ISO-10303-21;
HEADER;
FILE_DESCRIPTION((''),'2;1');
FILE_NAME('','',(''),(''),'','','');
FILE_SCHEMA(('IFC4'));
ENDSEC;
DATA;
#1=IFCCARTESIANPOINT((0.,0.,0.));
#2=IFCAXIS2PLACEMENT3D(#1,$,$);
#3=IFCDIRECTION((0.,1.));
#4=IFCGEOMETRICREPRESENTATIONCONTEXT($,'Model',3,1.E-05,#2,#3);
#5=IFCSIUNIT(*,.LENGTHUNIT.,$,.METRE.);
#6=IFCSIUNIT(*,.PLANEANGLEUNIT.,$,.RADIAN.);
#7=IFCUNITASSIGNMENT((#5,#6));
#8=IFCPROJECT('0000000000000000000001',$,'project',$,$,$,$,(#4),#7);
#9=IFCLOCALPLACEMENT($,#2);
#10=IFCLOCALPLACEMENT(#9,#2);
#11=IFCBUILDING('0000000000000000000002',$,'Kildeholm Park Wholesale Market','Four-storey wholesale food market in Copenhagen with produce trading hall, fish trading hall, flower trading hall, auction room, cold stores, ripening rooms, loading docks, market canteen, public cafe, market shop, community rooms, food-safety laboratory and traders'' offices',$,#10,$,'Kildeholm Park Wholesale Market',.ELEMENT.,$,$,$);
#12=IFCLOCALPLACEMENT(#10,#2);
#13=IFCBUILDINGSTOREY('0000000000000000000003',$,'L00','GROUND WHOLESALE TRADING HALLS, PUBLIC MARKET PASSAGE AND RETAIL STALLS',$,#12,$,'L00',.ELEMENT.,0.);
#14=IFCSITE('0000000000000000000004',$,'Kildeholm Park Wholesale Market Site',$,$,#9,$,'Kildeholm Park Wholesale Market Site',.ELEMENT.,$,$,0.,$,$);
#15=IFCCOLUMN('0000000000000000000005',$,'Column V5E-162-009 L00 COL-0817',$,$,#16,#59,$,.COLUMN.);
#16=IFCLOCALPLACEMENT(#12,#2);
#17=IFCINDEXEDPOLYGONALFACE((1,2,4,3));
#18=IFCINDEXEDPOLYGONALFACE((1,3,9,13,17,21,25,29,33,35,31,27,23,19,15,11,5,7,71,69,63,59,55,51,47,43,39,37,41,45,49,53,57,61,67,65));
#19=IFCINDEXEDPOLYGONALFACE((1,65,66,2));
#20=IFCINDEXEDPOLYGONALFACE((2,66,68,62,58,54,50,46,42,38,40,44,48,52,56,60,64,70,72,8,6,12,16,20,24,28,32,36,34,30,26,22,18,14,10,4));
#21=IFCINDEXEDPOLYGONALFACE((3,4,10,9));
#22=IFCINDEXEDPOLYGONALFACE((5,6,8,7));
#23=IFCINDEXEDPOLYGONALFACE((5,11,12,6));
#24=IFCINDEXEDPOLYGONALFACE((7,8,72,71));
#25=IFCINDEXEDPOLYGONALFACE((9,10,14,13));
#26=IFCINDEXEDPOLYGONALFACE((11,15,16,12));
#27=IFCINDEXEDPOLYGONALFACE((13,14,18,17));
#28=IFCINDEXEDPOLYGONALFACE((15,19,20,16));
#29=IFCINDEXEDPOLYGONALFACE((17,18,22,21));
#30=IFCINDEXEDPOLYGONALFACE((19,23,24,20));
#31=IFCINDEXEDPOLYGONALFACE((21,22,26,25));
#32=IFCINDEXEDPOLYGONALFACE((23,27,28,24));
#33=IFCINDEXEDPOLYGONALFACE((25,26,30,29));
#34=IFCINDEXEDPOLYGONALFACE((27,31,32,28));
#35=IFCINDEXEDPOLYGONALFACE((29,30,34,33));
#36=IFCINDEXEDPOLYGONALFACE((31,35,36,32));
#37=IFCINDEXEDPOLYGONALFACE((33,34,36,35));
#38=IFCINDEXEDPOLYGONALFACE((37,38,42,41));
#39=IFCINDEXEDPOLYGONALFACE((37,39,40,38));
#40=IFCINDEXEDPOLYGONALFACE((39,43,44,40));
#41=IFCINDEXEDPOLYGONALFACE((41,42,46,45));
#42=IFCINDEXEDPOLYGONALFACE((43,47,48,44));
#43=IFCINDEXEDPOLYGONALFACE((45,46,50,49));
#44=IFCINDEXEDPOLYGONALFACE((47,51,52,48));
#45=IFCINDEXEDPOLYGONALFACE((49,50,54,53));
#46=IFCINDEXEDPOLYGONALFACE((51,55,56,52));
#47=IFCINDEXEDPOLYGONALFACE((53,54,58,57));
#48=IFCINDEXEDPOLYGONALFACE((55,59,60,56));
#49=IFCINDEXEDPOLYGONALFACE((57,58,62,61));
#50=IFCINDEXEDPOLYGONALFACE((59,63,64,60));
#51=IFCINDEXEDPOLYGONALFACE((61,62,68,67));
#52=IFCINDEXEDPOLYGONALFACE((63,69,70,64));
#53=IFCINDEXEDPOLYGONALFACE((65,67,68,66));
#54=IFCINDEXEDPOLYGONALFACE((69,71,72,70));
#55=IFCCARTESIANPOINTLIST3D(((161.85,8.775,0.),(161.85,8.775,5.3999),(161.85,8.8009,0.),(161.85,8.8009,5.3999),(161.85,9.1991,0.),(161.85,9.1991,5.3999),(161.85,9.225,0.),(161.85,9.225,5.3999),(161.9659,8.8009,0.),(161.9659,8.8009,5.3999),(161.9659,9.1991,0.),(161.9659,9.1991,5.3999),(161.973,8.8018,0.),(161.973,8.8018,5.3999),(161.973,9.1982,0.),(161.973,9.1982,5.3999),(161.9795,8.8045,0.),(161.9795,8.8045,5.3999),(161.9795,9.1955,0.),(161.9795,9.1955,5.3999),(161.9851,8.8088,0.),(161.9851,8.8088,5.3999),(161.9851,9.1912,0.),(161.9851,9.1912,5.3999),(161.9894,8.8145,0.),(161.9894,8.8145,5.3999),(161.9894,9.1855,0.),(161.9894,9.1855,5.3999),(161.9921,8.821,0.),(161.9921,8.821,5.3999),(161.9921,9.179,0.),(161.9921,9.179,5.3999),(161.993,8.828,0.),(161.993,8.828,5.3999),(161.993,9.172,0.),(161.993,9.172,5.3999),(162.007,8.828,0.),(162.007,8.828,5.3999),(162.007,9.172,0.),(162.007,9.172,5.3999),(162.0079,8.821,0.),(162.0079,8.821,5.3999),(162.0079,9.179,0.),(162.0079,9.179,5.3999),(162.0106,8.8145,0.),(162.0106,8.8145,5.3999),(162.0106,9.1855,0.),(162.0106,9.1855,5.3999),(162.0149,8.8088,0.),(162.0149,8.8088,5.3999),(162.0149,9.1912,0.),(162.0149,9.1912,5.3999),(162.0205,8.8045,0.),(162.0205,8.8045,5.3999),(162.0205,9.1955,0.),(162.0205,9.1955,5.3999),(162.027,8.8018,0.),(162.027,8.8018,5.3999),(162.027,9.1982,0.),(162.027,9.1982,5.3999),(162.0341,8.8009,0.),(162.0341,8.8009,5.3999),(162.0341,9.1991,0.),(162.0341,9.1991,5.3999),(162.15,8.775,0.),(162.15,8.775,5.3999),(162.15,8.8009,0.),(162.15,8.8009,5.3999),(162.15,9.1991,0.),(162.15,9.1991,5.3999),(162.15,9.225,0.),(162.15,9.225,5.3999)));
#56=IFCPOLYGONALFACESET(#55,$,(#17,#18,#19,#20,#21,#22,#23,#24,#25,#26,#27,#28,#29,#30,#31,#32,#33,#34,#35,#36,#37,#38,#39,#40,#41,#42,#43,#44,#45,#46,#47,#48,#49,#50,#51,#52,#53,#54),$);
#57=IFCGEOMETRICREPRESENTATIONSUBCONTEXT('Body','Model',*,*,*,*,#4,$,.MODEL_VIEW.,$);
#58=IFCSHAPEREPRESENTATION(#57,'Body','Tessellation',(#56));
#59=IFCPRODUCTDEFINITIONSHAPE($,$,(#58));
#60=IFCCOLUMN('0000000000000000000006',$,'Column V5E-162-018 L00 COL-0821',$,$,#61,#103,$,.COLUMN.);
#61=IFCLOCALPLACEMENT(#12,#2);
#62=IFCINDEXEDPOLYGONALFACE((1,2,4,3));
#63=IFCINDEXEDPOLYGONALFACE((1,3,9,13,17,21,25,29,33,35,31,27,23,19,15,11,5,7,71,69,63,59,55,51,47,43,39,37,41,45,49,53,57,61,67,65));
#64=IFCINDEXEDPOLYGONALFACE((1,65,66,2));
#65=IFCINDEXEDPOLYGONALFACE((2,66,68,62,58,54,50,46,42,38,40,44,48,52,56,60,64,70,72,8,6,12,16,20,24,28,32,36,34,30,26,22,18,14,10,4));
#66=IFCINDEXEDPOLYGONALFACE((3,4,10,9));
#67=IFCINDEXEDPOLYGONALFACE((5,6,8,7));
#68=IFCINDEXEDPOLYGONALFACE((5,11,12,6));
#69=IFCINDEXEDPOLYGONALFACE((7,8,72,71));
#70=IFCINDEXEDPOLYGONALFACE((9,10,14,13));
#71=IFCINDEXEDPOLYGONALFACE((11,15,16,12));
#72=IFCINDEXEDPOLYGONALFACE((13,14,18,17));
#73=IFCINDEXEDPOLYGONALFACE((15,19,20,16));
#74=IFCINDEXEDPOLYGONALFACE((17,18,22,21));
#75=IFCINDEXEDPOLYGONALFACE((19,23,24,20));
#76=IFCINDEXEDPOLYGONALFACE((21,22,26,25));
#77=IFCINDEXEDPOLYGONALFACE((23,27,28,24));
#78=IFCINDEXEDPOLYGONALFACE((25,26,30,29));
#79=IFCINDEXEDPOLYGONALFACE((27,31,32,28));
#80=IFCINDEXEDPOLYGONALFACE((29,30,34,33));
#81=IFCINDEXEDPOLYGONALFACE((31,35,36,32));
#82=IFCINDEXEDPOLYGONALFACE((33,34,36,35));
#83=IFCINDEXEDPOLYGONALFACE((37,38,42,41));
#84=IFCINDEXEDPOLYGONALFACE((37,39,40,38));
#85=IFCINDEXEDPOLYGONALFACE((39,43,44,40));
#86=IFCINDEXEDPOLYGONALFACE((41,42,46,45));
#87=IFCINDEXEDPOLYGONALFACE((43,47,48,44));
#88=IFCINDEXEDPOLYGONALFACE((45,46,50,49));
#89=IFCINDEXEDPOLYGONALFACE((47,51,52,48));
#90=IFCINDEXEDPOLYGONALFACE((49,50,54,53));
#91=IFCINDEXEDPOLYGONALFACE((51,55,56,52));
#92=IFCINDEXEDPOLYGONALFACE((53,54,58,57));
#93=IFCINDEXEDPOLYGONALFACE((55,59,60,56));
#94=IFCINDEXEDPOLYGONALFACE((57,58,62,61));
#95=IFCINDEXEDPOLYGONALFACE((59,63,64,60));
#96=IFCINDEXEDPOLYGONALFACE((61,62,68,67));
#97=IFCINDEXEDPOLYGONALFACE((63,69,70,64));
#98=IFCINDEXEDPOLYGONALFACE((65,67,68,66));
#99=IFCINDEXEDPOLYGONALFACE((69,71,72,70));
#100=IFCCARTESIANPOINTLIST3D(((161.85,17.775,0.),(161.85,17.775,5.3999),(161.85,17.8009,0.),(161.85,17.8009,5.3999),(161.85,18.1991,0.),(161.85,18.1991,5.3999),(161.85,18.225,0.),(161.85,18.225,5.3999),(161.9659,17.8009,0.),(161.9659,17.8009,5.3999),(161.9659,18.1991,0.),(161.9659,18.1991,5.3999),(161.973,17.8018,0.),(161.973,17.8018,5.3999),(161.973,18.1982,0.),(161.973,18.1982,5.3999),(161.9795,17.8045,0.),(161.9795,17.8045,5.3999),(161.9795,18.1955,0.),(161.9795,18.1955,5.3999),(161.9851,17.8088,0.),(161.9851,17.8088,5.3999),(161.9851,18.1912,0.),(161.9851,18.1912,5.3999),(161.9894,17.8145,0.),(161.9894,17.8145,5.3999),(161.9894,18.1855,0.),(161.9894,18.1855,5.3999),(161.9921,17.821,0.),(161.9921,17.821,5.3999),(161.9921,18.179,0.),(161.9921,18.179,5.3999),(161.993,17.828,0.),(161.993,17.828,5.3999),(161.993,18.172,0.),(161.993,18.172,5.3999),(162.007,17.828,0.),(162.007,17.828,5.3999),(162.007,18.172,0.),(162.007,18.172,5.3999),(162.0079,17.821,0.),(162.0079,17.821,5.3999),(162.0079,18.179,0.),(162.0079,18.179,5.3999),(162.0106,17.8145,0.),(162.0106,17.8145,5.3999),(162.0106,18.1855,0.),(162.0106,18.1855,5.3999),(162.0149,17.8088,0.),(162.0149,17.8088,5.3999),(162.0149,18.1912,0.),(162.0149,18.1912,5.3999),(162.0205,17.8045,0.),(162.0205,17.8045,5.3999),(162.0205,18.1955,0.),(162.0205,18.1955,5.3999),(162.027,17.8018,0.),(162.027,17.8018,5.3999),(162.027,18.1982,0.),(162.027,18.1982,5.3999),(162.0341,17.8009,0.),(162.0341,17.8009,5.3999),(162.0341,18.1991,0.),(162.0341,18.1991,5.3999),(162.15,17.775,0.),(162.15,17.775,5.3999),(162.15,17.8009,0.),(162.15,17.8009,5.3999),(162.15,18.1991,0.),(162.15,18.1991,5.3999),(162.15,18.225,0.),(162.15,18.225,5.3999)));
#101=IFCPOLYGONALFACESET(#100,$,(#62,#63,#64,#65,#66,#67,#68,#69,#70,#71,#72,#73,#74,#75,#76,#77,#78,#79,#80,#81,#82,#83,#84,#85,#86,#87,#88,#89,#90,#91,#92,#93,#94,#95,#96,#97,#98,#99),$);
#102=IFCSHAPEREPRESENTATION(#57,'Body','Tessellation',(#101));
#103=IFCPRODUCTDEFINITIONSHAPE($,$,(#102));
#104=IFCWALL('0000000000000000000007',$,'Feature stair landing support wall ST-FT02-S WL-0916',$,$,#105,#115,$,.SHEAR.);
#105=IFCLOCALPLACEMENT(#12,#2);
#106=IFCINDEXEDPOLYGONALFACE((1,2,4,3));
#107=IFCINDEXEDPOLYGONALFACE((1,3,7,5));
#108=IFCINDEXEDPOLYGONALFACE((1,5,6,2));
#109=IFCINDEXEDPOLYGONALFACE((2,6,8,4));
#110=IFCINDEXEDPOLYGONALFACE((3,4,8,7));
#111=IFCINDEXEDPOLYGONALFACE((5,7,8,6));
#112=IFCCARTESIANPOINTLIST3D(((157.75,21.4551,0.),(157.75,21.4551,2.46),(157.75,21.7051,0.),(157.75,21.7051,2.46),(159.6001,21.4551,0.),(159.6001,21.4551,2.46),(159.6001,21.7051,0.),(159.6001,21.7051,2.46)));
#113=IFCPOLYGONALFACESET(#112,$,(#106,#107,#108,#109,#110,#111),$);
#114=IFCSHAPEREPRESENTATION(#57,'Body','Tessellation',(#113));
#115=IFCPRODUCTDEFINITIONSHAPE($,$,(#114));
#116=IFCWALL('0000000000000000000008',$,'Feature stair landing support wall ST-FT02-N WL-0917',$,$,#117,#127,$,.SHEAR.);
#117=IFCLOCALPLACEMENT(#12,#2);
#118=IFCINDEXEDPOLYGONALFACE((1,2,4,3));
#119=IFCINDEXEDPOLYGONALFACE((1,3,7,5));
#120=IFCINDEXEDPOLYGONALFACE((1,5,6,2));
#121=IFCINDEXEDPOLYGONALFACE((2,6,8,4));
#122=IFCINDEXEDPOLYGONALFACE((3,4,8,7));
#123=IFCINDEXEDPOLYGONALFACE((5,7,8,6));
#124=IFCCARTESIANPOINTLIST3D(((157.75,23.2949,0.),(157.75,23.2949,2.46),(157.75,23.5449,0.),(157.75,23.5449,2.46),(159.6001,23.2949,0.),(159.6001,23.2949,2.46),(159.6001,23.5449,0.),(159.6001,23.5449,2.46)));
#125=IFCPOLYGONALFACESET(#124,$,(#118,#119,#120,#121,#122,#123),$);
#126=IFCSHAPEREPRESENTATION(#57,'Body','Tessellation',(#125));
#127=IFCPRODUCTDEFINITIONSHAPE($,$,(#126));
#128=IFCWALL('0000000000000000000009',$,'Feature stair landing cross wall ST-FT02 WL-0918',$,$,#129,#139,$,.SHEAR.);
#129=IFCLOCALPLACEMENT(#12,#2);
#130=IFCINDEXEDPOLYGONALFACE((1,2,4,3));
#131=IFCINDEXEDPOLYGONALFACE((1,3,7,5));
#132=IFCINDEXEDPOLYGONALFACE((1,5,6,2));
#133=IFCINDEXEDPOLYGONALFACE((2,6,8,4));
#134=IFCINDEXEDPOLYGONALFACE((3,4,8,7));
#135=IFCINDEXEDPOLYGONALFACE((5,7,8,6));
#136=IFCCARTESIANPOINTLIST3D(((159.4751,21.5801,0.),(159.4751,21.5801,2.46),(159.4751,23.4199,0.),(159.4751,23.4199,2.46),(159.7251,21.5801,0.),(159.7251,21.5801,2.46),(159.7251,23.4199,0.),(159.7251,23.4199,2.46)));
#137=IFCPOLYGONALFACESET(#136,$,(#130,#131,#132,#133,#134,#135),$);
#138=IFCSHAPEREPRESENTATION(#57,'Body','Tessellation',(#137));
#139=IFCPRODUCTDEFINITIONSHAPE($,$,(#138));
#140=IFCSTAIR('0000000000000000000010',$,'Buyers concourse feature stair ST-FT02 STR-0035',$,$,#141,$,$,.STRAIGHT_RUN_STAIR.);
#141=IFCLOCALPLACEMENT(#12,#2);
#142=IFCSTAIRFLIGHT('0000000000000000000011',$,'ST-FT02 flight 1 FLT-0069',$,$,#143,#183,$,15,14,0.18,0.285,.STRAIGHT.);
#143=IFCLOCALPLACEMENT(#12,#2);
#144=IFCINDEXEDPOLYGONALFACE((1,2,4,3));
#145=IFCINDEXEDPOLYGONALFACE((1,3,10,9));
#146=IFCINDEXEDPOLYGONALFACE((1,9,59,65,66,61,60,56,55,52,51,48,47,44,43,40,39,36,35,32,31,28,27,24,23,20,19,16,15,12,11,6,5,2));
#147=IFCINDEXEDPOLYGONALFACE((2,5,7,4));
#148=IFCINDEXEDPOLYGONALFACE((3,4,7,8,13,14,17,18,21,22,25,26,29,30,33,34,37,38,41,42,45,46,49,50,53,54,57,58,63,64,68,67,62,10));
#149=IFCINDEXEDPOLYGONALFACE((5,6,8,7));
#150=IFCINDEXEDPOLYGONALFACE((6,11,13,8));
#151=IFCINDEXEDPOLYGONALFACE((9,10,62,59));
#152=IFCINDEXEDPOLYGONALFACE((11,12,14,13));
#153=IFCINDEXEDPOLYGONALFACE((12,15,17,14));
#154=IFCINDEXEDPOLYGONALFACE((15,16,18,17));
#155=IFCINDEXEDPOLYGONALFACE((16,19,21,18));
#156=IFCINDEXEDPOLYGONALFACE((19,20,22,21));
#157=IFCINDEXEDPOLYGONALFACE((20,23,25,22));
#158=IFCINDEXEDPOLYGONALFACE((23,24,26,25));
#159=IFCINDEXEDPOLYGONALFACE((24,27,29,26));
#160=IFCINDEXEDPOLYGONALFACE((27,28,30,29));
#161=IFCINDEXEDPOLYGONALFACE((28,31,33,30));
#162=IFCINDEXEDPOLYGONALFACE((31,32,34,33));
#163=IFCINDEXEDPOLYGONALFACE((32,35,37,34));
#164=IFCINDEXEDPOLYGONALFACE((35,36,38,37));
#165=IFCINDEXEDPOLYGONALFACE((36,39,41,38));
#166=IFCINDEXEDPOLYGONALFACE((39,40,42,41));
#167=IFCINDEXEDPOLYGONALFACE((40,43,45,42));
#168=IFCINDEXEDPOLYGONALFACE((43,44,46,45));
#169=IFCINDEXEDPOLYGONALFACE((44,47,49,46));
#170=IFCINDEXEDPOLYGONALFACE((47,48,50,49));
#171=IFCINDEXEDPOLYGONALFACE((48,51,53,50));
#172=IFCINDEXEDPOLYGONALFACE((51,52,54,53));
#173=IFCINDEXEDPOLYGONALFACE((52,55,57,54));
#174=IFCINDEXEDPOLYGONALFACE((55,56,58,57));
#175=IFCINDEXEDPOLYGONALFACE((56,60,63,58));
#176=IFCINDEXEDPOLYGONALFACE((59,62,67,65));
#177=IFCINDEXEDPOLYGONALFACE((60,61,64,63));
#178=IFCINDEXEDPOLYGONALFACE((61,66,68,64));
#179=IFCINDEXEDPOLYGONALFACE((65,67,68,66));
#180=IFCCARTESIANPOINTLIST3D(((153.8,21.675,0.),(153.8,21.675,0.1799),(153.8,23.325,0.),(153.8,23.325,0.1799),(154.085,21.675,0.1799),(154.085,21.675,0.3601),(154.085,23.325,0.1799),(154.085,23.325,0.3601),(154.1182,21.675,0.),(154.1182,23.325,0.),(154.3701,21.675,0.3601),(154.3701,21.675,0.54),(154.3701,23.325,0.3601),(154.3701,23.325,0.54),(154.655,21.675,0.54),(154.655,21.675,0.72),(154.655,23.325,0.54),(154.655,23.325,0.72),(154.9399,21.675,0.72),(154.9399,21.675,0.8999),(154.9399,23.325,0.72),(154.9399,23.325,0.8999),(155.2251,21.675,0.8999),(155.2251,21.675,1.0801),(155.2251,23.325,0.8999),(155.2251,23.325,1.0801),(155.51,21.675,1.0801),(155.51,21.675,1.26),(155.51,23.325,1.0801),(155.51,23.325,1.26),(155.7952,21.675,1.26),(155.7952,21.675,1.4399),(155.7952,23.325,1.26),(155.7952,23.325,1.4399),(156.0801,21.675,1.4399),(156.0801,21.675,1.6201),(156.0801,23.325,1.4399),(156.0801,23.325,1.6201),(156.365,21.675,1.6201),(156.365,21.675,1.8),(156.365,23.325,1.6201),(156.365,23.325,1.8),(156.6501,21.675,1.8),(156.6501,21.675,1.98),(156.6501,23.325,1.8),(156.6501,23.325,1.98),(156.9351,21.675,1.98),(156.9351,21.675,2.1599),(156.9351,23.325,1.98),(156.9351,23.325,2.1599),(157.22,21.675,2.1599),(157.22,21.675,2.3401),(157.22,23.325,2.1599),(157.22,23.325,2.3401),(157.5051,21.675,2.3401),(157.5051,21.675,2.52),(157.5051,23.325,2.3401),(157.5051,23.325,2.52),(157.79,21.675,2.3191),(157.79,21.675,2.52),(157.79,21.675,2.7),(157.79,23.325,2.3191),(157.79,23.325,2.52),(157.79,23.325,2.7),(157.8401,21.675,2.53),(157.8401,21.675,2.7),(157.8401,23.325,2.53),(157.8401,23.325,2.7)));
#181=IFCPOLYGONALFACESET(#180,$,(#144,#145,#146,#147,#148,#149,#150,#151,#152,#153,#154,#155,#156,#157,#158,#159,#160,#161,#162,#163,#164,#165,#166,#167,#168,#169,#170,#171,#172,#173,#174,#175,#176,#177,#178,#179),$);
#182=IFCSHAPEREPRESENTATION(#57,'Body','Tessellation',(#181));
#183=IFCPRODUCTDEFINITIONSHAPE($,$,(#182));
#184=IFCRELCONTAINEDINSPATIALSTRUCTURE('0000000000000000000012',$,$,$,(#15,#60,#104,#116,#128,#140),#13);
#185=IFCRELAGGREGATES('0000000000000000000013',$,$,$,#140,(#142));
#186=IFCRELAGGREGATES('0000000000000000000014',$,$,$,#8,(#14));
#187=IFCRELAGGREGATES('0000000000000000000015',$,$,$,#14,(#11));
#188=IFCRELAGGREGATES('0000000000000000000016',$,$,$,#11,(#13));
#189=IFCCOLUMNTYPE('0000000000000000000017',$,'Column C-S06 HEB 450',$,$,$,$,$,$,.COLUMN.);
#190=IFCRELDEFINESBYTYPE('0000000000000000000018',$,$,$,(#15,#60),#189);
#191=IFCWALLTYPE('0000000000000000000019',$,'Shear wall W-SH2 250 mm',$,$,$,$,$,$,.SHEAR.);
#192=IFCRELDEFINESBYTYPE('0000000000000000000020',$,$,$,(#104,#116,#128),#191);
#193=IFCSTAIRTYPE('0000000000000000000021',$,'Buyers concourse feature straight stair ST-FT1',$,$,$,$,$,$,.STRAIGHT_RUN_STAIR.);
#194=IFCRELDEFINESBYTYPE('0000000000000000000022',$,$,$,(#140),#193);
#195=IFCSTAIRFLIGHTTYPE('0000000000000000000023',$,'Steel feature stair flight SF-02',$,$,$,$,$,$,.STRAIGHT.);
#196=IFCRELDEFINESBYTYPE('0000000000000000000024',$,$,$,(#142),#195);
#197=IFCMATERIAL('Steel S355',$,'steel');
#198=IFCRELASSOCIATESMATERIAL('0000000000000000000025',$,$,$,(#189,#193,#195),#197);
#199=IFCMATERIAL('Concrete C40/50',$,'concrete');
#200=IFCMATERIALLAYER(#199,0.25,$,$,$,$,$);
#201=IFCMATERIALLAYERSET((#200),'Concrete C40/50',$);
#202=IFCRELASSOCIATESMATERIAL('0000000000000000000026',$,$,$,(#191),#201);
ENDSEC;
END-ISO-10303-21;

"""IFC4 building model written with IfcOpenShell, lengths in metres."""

from ifc_helpers import new_model, si_unit, direction, frame, frame_2d, origin, origin_2d, place, context, subcontext, project, spatial, polyline, rectangle, i_section, outline, extrude, material, layer, layer_set, material_profile, profile_set, type_object, element, aggregate, save


model = new_model("IFC4")

# Units and contexts
model_context = context("Model", 3, precision=1e-05, world=origin(), true_north=direction((0.0, 1.0)))
body_context = subcontext(model_context, "Body", "Model", "MODEL_VIEW")
ifc_project = project(units=[si_unit("LENGTHUNIT", "METRE"), si_unit("PLANEANGLEUNIT", "RADIAN")], contexts=[model_context])

# Site, building, storey
site_placement = place(None, origin())
site = spatial("IfcSite", under=ifc_project, at=site_placement, Name="Kildeholm Park Wholesale Market Site", LongName="Kildeholm Park Wholesale Market Site", CompositionType="ELEMENT", RefElevation=0.0)
building_placement = place(site_placement, origin())
building = spatial("IfcBuilding", under=site, at=building_placement, Name="Kildeholm Park Wholesale Market", Description="Four-storey wholesale food market in Copenhagen with produce trading hall, fish trading hall, flower trading hall, auction room, cold stores, ripening rooms, loading docks, market canteen, public cafe, market shop, community rooms, food-safety laboratory and traders' offices", LongName="Kildeholm Park Wholesale Market", CompositionType="ELEMENT")
storey_placement = place(building_placement, origin())
storey = spatial("IfcBuildingStorey", under=building, at=storey_placement, Name="L00", Description="GROUND WHOLESALE TRADING HALLS, PUBLIC MARKET PASSAGE AND RETAIL STALLS", LongName="L00", CompositionType="ELEMENT", Elevation=0.0)

# Columns
ifc_material_1 = material(Name="Steel S355", Category="steel")
ifc_material_profile_1 = material_profile(ifc_material_1, i_section(OverallWidth=0.3, OverallDepth=0.45, WebThickness=0.0139, FlangeThickness=0.0259, FilletRadius=0.0271, at=origin_2d()), Name="HEB 450")
ifc_profile_set_1 = profile_set([ifc_material_profile_1], Name="Steel S355")
column_type = type_object("IfcColumnType", Name="Column C-S06 HEB 450", PredefinedType="COLUMN", material=ifc_profile_set_1)
for number, where, z_axis, x_axis, name in (
    (1, (162.0, 9.0, 0.0), (0.0, 0.0, 1.0), (1.0, 0.0, 0.0), "Column V5E-162-009 L00 COL-0817"),
    (2, (162.0, 18.0, 0.0), (0.0, 0.0, 1.0), (1.0, 0.0, 0.0), "Column V5E-162-018 L00 COL-0821"),
):
    element("IfcColumn", number, at=place(storey_placement, frame(where, z_axis=z_axis, x_axis=x_axis)), inside=storey, type_object=column_type, Name=name, PredefinedType="COLUMN", context=body_context, shape_type="SweptSolid", body=[
        extrude(i_section(OverallWidth=0.3, OverallDepth=0.45, WebThickness=0.0139, FlangeThickness=0.0259, FilletRadius=0.0271, at=origin_2d()), origin(), (0.0, 0.0, 1.0), 5.3999),
    ])

# Walls
ifc_material_2 = material(Name="Concrete C40/50", Category="concrete")
ifc_layer = layer(ifc_material_2, 0.25)
ifc_layer_set = layer_set([ifc_layer], Name="Concrete C40/50")
wall_type = type_object("IfcWallType", Name="Shear wall W-SH2 250 mm", PredefinedType="SHEAR", material=ifc_layer_set)
for number, where, z_axis, x_axis, name in (
    (3, (157.75, 21.5801, 0.0), (0.0, 0.0, 1.0), (1.0, 0.0, 0.0), "Feature stair landing support wall ST-FT02-S WL-0916"),
    (4, (157.75, 23.4199, 0.0), (0.0, 0.0, 1.0), (1.0, 0.0, 0.0), "Feature stair landing support wall ST-FT02-N WL-0917"),
):
    element("IfcWall", number, at=place(storey_placement, frame(where, z_axis=z_axis, x_axis=x_axis)), inside=storey, type_object=wall_type, Name=name, PredefinedType="SHEAR", context=body_context, shape_type="SweptSolid", body=[
        extrude(rectangle(XDim=1.8501, YDim=0.25, at=frame_2d((0.925, 0.0))), origin(), (0.0, 0.0, 1.0), 2.46),
    ])
wall_placement = place(storey_placement, frame((159.6001, 21.5801, 0.0), z_axis=(0.0, 0.0, 1.0), x_axis=(0.0, 1.0, 0.0)))
element("IfcWall", 5, at=wall_placement, inside=storey, type_object=wall_type, Name="Feature stair landing cross wall ST-FT02 WL-0918", PredefinedType="SHEAR", context=body_context, shape_type="SweptSolid", body=[
    extrude(rectangle(XDim=1.8398, YDim=0.25, at=frame_2d((0.9199, 0.0))), origin(), (0.0, 0.0, 1.0), 2.46),
])

# Stair, stair flight
stair_type = type_object("IfcStairType", Name="Buyers concourse feature straight stair ST-FT1", PredefinedType="STRAIGHT_RUN_STAIR", material=ifc_material_1)
stair_placement = place(storey_placement, origin())
stair = element("IfcStair", 6, at=stair_placement, inside=storey, type_object=stair_type, Name="Buyers concourse feature stair ST-FT02 STR-0035", PredefinedType="STRAIGHT_RUN_STAIR")
stair_flight_type = type_object("IfcStairFlightType", Name="Steel feature stair flight SF-02", PredefinedType="STRAIGHT", material=ifc_material_1)
stair_flight_1_placement = place(storey_placement, frame((153.8, 22.5, 0.0), z_axis=(0.0, 0.0, 1.0), x_axis=(1.0, 0.0, 0.0)))
stair_flight_1 = element("IfcStairFlight", 7, at=stair_flight_1_placement, type_object=stair_flight_type, Name="ST-FT02 flight 1 FLT-0069", NumberOfRisers=15, NumberOfTreads=14, PredefinedType="STRAIGHT", RiserHeight=0.18, TreadLength=0.285, context=body_context, shape_type="SweptSolid", body=[
    extrude(outline(polyline([(0.0, 0.0), (0.0, 0.1799), (0.2849, 0.1799), (0.2849, 0.3601), (0.5701, 0.3601), (0.5701, 0.54), (0.855, 0.54), (0.855, 0.72), (1.1399, 0.72), (1.1399, 0.8999), (1.425, 0.8999), (1.425, 1.0801), (1.71, 1.0801), (1.71, 1.26), (1.9951, 1.26), (1.9951, 1.4399), (2.28, 1.4399), (2.28, 1.6201), (2.5649, 1.6201), (2.5649, 1.8), (2.8501, 1.8), (2.8501, 1.98), (3.135, 1.98), (3.135, 2.1599), (3.4199, 2.1599), (3.4199, 2.3401), (3.7051, 2.3401), (3.7051, 2.52), (3.99, 2.52), (3.99, 2.7), (4.04, 2.7), (4.04, 2.53), (3.99, 2.3191), (0.3181, 0.0), (0.0, 0.0)])), frame((0.0, 0.825, 0.0), z_axis=(0.0, -1.0, 0.0), x_axis=(1.0, 0.0, 0.0)), (0.0, 0.0, 1.0), 1.6499),
])
aggregate(stair, [stair_flight_1])

save(model, "model.ifc")
